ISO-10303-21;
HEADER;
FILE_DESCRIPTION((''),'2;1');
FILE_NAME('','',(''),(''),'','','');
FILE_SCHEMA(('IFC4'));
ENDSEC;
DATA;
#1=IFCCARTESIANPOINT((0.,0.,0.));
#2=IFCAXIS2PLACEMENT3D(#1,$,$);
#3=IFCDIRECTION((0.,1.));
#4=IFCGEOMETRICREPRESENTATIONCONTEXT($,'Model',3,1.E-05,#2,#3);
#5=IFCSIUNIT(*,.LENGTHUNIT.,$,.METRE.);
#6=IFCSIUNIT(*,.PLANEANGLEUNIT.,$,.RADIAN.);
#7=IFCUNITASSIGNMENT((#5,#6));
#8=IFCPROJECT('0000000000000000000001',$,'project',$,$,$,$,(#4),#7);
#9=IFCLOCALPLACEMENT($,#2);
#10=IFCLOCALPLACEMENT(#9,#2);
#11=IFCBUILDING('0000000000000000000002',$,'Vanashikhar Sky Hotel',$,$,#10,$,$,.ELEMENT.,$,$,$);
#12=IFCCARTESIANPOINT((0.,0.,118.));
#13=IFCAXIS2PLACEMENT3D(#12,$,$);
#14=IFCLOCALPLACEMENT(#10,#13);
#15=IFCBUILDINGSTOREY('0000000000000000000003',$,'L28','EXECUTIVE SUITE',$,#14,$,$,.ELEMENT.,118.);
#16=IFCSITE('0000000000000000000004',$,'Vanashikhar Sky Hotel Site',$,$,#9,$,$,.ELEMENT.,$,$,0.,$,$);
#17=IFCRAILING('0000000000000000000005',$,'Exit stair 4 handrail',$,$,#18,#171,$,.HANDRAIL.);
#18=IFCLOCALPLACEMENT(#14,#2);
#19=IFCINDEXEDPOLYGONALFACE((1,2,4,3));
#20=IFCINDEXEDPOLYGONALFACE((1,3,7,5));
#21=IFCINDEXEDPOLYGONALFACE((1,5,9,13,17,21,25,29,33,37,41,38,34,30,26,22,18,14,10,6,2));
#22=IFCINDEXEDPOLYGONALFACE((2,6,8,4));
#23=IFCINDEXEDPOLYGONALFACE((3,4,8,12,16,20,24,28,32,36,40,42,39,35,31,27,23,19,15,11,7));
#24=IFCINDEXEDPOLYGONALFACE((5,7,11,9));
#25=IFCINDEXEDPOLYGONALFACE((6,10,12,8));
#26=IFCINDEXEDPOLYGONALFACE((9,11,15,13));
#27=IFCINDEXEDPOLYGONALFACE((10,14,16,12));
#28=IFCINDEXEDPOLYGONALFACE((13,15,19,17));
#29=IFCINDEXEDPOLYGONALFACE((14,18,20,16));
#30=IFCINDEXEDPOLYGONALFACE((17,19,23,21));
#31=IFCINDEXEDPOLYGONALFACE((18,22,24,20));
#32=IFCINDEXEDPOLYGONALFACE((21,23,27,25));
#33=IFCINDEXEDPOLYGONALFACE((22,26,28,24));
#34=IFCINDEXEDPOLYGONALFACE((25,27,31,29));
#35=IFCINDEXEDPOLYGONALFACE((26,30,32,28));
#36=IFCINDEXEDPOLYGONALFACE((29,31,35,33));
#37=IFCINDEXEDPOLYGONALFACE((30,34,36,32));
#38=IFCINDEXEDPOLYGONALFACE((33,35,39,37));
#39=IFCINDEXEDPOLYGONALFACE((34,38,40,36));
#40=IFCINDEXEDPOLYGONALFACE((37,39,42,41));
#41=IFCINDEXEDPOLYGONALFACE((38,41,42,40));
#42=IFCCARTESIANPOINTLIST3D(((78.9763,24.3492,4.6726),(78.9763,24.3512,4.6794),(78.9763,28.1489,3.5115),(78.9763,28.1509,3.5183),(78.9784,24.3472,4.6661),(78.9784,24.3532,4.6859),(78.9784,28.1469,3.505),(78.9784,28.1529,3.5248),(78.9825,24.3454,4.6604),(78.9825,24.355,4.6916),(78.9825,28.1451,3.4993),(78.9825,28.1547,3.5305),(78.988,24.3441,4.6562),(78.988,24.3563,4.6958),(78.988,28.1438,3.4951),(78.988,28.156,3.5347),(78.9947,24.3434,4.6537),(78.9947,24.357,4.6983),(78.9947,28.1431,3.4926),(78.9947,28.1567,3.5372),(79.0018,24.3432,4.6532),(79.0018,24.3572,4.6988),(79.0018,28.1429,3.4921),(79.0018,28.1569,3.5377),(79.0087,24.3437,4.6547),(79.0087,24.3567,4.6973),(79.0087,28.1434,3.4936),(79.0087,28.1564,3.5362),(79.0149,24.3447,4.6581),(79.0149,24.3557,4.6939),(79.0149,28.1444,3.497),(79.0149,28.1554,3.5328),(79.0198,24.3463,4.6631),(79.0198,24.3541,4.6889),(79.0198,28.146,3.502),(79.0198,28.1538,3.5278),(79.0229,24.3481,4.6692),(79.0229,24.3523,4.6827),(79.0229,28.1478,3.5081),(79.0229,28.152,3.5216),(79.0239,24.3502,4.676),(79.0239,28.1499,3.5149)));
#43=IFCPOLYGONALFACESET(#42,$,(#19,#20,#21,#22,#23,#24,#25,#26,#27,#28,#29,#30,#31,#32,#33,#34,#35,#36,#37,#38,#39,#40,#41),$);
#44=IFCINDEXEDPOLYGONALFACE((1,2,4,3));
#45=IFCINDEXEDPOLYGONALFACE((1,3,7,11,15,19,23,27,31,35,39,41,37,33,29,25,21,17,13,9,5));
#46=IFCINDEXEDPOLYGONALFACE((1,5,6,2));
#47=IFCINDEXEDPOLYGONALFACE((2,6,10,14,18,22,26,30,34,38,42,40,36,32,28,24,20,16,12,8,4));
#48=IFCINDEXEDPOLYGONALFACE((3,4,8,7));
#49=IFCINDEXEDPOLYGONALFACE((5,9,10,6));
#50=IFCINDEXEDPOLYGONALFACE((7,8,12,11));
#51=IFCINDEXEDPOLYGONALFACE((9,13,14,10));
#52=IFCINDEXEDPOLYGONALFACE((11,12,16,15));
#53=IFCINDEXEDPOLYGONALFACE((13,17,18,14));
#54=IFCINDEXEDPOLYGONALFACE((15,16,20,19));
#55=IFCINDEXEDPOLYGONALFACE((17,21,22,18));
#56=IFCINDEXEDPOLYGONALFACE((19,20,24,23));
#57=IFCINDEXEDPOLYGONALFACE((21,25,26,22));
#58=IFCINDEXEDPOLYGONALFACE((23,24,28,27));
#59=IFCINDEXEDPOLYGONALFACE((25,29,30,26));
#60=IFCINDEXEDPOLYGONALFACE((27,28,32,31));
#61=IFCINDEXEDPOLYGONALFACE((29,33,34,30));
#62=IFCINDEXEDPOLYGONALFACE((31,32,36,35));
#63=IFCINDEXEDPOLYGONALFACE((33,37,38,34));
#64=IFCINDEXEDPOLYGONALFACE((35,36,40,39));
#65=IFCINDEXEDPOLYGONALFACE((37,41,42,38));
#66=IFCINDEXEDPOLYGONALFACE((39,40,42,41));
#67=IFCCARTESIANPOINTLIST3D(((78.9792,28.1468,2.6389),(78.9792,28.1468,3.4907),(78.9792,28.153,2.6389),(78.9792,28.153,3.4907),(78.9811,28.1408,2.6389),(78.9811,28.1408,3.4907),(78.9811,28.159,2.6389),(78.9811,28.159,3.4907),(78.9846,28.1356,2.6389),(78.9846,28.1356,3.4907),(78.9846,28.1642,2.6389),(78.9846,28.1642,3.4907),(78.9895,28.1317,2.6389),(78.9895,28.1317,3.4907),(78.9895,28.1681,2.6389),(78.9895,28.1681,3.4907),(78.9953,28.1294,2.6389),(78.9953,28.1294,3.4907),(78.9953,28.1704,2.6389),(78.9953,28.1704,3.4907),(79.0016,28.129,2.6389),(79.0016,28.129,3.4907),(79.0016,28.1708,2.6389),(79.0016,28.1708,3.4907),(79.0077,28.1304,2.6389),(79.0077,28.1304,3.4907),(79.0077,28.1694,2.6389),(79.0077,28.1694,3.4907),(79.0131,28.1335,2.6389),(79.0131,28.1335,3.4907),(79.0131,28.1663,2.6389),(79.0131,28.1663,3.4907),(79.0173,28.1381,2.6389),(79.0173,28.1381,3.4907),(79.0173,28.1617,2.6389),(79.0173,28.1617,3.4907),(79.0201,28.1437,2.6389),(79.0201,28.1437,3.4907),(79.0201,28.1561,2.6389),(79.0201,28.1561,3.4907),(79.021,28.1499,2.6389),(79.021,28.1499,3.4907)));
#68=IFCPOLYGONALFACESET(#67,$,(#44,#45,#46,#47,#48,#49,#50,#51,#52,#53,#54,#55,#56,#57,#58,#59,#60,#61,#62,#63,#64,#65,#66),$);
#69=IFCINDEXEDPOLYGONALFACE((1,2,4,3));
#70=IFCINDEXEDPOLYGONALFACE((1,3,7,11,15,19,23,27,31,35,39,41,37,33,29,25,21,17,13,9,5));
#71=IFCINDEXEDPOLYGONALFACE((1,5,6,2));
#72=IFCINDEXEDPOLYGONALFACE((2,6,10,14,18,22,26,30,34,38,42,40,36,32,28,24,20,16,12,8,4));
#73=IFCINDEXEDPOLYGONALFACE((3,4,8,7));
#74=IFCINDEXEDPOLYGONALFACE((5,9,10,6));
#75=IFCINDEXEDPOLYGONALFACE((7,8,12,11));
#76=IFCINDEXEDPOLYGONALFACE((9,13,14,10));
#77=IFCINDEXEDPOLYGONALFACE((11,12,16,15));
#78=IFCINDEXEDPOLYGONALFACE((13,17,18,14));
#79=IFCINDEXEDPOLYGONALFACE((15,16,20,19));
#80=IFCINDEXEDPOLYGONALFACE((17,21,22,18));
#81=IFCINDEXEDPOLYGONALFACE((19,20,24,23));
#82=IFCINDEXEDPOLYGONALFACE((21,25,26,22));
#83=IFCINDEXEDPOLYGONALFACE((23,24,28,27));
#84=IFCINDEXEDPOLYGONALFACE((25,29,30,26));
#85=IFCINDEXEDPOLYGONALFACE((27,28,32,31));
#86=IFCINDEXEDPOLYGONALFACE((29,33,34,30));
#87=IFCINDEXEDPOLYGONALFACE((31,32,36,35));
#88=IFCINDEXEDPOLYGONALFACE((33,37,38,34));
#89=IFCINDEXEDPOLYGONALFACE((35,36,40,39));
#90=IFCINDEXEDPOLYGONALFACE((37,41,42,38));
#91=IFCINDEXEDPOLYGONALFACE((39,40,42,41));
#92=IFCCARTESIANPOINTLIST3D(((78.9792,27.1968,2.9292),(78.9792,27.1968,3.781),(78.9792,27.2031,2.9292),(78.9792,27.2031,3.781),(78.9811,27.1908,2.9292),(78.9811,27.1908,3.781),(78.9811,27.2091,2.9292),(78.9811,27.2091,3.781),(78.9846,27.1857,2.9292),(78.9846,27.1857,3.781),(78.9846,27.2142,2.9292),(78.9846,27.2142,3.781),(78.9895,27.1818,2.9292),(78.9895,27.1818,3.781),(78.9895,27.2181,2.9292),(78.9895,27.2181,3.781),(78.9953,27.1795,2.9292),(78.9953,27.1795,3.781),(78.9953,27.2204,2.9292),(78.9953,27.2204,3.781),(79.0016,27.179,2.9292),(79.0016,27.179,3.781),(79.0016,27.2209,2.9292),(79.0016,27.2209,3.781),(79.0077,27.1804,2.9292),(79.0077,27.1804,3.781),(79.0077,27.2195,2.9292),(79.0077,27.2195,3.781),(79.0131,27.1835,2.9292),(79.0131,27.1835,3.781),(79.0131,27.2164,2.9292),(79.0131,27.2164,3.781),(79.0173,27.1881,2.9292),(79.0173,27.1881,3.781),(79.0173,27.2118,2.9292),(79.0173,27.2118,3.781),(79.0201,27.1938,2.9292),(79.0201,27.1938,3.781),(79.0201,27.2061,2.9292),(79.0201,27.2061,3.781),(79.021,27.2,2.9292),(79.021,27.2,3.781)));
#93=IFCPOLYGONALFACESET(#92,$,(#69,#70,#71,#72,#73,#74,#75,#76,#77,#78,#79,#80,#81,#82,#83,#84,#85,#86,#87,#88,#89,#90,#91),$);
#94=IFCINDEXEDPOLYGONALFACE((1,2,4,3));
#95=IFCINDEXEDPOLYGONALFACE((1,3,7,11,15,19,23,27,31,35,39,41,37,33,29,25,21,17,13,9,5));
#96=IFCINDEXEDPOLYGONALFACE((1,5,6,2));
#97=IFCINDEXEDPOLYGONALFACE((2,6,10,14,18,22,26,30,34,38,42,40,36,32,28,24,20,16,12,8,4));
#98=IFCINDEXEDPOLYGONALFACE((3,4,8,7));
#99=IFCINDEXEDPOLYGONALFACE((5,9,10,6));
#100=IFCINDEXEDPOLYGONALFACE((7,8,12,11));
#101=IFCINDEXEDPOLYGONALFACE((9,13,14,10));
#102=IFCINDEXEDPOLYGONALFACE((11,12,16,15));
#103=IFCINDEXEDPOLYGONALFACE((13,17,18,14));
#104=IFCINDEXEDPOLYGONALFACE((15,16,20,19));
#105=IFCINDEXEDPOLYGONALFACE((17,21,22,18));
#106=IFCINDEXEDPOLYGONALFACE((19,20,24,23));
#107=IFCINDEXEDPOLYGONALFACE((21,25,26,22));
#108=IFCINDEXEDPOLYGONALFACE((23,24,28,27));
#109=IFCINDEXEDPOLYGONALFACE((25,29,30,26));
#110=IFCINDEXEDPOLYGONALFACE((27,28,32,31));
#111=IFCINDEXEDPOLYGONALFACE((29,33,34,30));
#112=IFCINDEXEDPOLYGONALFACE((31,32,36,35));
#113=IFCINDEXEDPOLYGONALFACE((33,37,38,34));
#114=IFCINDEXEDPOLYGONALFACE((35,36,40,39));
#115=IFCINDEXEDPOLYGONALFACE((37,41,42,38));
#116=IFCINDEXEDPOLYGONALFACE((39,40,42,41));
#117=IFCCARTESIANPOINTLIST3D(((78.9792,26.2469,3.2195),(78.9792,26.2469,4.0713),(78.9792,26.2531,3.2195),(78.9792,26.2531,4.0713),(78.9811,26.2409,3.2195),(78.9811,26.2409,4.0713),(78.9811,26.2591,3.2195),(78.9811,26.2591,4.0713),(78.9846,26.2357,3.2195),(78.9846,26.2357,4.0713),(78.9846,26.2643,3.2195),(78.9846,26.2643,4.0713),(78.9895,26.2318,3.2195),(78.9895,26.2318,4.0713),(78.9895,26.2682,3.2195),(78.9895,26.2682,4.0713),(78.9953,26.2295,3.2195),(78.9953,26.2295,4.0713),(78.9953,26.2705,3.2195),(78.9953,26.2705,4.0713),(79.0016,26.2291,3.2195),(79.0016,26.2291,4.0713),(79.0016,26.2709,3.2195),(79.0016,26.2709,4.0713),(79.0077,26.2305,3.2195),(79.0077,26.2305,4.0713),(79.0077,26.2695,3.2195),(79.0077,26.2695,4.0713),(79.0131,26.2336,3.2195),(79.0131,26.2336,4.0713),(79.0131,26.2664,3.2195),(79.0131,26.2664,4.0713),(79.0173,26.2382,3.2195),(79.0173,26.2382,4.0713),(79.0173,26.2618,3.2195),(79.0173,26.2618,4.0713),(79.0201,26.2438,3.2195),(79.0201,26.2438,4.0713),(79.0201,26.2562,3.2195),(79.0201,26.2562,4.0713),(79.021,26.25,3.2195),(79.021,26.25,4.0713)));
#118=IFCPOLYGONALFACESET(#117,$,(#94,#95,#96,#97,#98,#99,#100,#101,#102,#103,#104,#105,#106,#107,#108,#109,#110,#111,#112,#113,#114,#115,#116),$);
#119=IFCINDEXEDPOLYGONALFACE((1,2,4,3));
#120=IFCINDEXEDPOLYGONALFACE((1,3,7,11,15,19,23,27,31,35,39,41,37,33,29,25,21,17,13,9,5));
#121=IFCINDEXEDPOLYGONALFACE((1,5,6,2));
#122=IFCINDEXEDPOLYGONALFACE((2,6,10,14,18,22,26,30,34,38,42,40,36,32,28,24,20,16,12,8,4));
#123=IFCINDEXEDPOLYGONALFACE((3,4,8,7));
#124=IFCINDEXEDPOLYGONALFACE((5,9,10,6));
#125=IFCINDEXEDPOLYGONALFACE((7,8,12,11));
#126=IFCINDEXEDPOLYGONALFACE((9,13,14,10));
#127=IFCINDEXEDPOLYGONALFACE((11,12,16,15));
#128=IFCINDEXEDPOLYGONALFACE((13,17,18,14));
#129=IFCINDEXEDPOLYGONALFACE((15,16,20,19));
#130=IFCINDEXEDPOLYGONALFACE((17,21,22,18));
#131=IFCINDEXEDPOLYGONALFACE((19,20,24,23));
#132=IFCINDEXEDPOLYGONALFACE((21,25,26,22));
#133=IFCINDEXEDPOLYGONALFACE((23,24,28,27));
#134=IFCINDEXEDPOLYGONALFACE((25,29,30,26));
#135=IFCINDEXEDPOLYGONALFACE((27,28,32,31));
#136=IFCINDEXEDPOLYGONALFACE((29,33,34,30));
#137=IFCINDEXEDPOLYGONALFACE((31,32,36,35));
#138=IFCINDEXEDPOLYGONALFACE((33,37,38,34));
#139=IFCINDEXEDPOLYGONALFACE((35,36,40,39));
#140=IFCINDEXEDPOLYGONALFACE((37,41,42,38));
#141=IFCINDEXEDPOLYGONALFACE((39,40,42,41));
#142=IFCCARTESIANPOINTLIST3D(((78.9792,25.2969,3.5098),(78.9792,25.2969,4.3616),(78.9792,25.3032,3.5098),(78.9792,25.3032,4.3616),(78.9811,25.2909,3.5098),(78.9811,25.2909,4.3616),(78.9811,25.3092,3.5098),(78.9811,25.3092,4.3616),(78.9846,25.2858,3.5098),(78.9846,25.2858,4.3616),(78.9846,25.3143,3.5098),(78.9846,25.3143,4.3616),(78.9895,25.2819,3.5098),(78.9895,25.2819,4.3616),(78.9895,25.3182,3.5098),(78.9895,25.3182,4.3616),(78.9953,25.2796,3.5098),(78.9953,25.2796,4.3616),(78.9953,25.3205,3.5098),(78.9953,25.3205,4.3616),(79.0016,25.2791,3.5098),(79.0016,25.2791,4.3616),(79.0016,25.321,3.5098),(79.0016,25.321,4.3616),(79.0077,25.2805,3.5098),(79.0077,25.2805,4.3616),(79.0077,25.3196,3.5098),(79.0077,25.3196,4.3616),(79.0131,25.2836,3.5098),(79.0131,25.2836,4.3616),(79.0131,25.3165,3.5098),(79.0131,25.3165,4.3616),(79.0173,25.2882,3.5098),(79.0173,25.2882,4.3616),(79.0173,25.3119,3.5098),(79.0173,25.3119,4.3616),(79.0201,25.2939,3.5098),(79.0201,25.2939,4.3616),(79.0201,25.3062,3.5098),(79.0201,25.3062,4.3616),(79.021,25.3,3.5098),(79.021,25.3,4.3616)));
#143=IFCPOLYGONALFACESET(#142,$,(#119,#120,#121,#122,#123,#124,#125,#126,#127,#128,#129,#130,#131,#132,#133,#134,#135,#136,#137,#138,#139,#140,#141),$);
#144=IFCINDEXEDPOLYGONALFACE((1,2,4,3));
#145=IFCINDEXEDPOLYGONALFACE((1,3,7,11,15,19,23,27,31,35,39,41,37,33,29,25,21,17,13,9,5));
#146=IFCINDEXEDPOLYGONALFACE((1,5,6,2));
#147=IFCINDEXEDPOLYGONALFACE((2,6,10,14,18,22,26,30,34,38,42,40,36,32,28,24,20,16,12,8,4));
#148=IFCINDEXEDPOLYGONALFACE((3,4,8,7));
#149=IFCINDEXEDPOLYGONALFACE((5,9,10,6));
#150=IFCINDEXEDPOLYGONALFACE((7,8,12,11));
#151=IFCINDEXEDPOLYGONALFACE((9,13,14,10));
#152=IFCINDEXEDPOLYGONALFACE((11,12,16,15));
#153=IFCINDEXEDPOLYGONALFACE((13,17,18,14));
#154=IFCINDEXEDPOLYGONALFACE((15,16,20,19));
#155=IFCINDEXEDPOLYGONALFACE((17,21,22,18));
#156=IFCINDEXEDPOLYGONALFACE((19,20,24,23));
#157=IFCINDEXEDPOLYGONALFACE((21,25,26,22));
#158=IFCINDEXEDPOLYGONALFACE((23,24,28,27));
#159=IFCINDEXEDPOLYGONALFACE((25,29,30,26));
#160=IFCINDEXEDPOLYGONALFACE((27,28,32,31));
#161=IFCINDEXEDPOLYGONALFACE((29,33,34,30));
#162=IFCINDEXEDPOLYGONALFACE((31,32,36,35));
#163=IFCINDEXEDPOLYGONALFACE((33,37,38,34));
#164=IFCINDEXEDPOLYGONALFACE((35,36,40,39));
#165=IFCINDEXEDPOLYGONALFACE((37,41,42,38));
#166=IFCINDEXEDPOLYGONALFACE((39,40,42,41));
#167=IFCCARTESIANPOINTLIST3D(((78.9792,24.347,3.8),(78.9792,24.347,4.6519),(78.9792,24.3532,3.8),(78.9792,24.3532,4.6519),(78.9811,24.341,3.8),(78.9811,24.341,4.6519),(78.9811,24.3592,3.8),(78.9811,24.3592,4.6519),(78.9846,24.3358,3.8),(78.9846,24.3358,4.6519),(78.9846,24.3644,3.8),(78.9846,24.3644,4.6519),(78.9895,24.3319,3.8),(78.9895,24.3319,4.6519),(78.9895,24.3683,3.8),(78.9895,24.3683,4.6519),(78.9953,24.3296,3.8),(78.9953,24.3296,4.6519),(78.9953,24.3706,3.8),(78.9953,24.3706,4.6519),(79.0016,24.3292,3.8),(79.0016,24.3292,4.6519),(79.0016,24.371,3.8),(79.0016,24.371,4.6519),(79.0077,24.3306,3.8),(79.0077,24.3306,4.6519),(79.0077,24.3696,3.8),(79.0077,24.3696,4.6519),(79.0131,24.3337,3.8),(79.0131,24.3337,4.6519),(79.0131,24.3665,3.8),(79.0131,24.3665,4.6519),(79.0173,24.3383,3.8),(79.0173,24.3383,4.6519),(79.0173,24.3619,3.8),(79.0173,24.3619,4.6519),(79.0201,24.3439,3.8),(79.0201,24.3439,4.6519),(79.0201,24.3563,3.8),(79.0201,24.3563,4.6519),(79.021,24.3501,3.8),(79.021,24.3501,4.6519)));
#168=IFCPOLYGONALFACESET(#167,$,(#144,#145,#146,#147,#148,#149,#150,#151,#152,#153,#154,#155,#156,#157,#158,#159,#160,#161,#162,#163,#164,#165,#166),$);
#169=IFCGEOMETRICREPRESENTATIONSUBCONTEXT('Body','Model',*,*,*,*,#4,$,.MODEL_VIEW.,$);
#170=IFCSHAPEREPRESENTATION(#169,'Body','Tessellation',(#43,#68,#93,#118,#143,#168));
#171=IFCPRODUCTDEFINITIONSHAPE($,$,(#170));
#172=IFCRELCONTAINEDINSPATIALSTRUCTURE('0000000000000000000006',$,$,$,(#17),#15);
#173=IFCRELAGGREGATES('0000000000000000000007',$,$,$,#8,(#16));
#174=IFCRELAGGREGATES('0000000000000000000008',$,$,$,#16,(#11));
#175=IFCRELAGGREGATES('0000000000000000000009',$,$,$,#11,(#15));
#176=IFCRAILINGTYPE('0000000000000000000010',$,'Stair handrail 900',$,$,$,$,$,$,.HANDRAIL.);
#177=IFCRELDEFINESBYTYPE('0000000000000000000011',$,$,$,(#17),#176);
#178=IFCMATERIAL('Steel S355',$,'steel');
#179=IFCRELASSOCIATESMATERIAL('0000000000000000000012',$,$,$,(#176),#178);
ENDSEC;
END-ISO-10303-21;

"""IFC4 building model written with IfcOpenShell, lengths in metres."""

from ifc_helpers import new_model, si_unit, direction, frame, origin, origin_2d, place, context, subcontext, project, spatial, circle, extrude, source, transform, mapped, material, type_object, element, save


model = new_model("IFC4")

# Units and contexts
model_context = context("Model", 3, precision=1e-05, world=origin(), true_north=direction((0.0, 1.0)))
body_context = subcontext(model_context, "Body", "Model", "MODEL_VIEW")
ifc_project = project(units=[si_unit("LENGTHUNIT", "METRE"), si_unit("PLANEANGLEUNIT", "RADIAN")], contexts=[model_context])

# Site, building, storey
site_placement = place(None, origin())
site = spatial("IfcSite", under=ifc_project, at=site_placement, Name="Vanashikhar Sky Hotel Site", CompositionType="ELEMENT", RefElevation=0.0)
building_placement = place(site_placement, origin())
building = spatial("IfcBuilding", under=site, at=building_placement, Name="Vanashikhar Sky Hotel", CompositionType="ELEMENT")
storey_placement = place(building_placement, frame((0.0, 0.0, 118.0)))
storey = spatial("IfcBuildingStorey", under=building, at=storey_placement, Name="L28", Description="EXECUTIVE SUITE", CompositionType="ELEMENT", Elevation=118.0)

# Railing
ifc_material_1 = material(Name="Steel S355", Category="steel")
railing_type_1 = type_object("IfcRailingType", Name="Stair handrail 900", PredefinedType="HANDRAIL", material=ifc_material_1)
shared_shape_1 = source(origin(), body_context, "Body", "SweptSolid", [
    extrude(circle(Radius=0.0239, at=origin_2d()), frame((0.0, 0.0, 0.876), z_axis=(0.0, -0.956346, 0.292237), x_axis=(1.0, 0.0, 0.0)), (0.0, 0.0, 1.0), 3.9731),
    extrude(circle(Radius=0.021, at=origin_2d()), origin(), (0.0, 0.0, 1.0), 0.8518),
    extrude(circle(Radius=0.021, at=origin_2d()), frame((0.0, -0.95, 0.2903)), (0.0, 0.0, 1.0), 0.8518),
    extrude(circle(Radius=0.021, at=origin_2d()), frame((0.0, -1.8999, 0.5806)), (0.0, 0.0, 1.0), 0.8518),
    extrude(circle(Radius=0.021, at=origin_2d()), frame((0.0, -2.8499, 0.8708)), (0.0, 0.0, 1.0), 0.8518),
    extrude(circle(Radius=0.021, at=origin_2d()), frame((0.0, -3.7998, 1.1611)), (0.0, 0.0, 1.0), 0.8518),
])
for number, where, name in (
    (1, (79.0, 28.1499, 2.6389), "Exit stair 4 handrail"),
):
    element("IfcRailing", number, at=place(storey_placement, frame(where)), inside=storey, type_object=railing_type_1, Name=name, PredefinedType="HANDRAIL", context=body_context, shape_type="MappedRepresentation", body=[
        mapped(shared_shape_1, transform((0.0, 0.0, 0.0), scale=1.0)),
    ])

save(model, "model.ifc")
